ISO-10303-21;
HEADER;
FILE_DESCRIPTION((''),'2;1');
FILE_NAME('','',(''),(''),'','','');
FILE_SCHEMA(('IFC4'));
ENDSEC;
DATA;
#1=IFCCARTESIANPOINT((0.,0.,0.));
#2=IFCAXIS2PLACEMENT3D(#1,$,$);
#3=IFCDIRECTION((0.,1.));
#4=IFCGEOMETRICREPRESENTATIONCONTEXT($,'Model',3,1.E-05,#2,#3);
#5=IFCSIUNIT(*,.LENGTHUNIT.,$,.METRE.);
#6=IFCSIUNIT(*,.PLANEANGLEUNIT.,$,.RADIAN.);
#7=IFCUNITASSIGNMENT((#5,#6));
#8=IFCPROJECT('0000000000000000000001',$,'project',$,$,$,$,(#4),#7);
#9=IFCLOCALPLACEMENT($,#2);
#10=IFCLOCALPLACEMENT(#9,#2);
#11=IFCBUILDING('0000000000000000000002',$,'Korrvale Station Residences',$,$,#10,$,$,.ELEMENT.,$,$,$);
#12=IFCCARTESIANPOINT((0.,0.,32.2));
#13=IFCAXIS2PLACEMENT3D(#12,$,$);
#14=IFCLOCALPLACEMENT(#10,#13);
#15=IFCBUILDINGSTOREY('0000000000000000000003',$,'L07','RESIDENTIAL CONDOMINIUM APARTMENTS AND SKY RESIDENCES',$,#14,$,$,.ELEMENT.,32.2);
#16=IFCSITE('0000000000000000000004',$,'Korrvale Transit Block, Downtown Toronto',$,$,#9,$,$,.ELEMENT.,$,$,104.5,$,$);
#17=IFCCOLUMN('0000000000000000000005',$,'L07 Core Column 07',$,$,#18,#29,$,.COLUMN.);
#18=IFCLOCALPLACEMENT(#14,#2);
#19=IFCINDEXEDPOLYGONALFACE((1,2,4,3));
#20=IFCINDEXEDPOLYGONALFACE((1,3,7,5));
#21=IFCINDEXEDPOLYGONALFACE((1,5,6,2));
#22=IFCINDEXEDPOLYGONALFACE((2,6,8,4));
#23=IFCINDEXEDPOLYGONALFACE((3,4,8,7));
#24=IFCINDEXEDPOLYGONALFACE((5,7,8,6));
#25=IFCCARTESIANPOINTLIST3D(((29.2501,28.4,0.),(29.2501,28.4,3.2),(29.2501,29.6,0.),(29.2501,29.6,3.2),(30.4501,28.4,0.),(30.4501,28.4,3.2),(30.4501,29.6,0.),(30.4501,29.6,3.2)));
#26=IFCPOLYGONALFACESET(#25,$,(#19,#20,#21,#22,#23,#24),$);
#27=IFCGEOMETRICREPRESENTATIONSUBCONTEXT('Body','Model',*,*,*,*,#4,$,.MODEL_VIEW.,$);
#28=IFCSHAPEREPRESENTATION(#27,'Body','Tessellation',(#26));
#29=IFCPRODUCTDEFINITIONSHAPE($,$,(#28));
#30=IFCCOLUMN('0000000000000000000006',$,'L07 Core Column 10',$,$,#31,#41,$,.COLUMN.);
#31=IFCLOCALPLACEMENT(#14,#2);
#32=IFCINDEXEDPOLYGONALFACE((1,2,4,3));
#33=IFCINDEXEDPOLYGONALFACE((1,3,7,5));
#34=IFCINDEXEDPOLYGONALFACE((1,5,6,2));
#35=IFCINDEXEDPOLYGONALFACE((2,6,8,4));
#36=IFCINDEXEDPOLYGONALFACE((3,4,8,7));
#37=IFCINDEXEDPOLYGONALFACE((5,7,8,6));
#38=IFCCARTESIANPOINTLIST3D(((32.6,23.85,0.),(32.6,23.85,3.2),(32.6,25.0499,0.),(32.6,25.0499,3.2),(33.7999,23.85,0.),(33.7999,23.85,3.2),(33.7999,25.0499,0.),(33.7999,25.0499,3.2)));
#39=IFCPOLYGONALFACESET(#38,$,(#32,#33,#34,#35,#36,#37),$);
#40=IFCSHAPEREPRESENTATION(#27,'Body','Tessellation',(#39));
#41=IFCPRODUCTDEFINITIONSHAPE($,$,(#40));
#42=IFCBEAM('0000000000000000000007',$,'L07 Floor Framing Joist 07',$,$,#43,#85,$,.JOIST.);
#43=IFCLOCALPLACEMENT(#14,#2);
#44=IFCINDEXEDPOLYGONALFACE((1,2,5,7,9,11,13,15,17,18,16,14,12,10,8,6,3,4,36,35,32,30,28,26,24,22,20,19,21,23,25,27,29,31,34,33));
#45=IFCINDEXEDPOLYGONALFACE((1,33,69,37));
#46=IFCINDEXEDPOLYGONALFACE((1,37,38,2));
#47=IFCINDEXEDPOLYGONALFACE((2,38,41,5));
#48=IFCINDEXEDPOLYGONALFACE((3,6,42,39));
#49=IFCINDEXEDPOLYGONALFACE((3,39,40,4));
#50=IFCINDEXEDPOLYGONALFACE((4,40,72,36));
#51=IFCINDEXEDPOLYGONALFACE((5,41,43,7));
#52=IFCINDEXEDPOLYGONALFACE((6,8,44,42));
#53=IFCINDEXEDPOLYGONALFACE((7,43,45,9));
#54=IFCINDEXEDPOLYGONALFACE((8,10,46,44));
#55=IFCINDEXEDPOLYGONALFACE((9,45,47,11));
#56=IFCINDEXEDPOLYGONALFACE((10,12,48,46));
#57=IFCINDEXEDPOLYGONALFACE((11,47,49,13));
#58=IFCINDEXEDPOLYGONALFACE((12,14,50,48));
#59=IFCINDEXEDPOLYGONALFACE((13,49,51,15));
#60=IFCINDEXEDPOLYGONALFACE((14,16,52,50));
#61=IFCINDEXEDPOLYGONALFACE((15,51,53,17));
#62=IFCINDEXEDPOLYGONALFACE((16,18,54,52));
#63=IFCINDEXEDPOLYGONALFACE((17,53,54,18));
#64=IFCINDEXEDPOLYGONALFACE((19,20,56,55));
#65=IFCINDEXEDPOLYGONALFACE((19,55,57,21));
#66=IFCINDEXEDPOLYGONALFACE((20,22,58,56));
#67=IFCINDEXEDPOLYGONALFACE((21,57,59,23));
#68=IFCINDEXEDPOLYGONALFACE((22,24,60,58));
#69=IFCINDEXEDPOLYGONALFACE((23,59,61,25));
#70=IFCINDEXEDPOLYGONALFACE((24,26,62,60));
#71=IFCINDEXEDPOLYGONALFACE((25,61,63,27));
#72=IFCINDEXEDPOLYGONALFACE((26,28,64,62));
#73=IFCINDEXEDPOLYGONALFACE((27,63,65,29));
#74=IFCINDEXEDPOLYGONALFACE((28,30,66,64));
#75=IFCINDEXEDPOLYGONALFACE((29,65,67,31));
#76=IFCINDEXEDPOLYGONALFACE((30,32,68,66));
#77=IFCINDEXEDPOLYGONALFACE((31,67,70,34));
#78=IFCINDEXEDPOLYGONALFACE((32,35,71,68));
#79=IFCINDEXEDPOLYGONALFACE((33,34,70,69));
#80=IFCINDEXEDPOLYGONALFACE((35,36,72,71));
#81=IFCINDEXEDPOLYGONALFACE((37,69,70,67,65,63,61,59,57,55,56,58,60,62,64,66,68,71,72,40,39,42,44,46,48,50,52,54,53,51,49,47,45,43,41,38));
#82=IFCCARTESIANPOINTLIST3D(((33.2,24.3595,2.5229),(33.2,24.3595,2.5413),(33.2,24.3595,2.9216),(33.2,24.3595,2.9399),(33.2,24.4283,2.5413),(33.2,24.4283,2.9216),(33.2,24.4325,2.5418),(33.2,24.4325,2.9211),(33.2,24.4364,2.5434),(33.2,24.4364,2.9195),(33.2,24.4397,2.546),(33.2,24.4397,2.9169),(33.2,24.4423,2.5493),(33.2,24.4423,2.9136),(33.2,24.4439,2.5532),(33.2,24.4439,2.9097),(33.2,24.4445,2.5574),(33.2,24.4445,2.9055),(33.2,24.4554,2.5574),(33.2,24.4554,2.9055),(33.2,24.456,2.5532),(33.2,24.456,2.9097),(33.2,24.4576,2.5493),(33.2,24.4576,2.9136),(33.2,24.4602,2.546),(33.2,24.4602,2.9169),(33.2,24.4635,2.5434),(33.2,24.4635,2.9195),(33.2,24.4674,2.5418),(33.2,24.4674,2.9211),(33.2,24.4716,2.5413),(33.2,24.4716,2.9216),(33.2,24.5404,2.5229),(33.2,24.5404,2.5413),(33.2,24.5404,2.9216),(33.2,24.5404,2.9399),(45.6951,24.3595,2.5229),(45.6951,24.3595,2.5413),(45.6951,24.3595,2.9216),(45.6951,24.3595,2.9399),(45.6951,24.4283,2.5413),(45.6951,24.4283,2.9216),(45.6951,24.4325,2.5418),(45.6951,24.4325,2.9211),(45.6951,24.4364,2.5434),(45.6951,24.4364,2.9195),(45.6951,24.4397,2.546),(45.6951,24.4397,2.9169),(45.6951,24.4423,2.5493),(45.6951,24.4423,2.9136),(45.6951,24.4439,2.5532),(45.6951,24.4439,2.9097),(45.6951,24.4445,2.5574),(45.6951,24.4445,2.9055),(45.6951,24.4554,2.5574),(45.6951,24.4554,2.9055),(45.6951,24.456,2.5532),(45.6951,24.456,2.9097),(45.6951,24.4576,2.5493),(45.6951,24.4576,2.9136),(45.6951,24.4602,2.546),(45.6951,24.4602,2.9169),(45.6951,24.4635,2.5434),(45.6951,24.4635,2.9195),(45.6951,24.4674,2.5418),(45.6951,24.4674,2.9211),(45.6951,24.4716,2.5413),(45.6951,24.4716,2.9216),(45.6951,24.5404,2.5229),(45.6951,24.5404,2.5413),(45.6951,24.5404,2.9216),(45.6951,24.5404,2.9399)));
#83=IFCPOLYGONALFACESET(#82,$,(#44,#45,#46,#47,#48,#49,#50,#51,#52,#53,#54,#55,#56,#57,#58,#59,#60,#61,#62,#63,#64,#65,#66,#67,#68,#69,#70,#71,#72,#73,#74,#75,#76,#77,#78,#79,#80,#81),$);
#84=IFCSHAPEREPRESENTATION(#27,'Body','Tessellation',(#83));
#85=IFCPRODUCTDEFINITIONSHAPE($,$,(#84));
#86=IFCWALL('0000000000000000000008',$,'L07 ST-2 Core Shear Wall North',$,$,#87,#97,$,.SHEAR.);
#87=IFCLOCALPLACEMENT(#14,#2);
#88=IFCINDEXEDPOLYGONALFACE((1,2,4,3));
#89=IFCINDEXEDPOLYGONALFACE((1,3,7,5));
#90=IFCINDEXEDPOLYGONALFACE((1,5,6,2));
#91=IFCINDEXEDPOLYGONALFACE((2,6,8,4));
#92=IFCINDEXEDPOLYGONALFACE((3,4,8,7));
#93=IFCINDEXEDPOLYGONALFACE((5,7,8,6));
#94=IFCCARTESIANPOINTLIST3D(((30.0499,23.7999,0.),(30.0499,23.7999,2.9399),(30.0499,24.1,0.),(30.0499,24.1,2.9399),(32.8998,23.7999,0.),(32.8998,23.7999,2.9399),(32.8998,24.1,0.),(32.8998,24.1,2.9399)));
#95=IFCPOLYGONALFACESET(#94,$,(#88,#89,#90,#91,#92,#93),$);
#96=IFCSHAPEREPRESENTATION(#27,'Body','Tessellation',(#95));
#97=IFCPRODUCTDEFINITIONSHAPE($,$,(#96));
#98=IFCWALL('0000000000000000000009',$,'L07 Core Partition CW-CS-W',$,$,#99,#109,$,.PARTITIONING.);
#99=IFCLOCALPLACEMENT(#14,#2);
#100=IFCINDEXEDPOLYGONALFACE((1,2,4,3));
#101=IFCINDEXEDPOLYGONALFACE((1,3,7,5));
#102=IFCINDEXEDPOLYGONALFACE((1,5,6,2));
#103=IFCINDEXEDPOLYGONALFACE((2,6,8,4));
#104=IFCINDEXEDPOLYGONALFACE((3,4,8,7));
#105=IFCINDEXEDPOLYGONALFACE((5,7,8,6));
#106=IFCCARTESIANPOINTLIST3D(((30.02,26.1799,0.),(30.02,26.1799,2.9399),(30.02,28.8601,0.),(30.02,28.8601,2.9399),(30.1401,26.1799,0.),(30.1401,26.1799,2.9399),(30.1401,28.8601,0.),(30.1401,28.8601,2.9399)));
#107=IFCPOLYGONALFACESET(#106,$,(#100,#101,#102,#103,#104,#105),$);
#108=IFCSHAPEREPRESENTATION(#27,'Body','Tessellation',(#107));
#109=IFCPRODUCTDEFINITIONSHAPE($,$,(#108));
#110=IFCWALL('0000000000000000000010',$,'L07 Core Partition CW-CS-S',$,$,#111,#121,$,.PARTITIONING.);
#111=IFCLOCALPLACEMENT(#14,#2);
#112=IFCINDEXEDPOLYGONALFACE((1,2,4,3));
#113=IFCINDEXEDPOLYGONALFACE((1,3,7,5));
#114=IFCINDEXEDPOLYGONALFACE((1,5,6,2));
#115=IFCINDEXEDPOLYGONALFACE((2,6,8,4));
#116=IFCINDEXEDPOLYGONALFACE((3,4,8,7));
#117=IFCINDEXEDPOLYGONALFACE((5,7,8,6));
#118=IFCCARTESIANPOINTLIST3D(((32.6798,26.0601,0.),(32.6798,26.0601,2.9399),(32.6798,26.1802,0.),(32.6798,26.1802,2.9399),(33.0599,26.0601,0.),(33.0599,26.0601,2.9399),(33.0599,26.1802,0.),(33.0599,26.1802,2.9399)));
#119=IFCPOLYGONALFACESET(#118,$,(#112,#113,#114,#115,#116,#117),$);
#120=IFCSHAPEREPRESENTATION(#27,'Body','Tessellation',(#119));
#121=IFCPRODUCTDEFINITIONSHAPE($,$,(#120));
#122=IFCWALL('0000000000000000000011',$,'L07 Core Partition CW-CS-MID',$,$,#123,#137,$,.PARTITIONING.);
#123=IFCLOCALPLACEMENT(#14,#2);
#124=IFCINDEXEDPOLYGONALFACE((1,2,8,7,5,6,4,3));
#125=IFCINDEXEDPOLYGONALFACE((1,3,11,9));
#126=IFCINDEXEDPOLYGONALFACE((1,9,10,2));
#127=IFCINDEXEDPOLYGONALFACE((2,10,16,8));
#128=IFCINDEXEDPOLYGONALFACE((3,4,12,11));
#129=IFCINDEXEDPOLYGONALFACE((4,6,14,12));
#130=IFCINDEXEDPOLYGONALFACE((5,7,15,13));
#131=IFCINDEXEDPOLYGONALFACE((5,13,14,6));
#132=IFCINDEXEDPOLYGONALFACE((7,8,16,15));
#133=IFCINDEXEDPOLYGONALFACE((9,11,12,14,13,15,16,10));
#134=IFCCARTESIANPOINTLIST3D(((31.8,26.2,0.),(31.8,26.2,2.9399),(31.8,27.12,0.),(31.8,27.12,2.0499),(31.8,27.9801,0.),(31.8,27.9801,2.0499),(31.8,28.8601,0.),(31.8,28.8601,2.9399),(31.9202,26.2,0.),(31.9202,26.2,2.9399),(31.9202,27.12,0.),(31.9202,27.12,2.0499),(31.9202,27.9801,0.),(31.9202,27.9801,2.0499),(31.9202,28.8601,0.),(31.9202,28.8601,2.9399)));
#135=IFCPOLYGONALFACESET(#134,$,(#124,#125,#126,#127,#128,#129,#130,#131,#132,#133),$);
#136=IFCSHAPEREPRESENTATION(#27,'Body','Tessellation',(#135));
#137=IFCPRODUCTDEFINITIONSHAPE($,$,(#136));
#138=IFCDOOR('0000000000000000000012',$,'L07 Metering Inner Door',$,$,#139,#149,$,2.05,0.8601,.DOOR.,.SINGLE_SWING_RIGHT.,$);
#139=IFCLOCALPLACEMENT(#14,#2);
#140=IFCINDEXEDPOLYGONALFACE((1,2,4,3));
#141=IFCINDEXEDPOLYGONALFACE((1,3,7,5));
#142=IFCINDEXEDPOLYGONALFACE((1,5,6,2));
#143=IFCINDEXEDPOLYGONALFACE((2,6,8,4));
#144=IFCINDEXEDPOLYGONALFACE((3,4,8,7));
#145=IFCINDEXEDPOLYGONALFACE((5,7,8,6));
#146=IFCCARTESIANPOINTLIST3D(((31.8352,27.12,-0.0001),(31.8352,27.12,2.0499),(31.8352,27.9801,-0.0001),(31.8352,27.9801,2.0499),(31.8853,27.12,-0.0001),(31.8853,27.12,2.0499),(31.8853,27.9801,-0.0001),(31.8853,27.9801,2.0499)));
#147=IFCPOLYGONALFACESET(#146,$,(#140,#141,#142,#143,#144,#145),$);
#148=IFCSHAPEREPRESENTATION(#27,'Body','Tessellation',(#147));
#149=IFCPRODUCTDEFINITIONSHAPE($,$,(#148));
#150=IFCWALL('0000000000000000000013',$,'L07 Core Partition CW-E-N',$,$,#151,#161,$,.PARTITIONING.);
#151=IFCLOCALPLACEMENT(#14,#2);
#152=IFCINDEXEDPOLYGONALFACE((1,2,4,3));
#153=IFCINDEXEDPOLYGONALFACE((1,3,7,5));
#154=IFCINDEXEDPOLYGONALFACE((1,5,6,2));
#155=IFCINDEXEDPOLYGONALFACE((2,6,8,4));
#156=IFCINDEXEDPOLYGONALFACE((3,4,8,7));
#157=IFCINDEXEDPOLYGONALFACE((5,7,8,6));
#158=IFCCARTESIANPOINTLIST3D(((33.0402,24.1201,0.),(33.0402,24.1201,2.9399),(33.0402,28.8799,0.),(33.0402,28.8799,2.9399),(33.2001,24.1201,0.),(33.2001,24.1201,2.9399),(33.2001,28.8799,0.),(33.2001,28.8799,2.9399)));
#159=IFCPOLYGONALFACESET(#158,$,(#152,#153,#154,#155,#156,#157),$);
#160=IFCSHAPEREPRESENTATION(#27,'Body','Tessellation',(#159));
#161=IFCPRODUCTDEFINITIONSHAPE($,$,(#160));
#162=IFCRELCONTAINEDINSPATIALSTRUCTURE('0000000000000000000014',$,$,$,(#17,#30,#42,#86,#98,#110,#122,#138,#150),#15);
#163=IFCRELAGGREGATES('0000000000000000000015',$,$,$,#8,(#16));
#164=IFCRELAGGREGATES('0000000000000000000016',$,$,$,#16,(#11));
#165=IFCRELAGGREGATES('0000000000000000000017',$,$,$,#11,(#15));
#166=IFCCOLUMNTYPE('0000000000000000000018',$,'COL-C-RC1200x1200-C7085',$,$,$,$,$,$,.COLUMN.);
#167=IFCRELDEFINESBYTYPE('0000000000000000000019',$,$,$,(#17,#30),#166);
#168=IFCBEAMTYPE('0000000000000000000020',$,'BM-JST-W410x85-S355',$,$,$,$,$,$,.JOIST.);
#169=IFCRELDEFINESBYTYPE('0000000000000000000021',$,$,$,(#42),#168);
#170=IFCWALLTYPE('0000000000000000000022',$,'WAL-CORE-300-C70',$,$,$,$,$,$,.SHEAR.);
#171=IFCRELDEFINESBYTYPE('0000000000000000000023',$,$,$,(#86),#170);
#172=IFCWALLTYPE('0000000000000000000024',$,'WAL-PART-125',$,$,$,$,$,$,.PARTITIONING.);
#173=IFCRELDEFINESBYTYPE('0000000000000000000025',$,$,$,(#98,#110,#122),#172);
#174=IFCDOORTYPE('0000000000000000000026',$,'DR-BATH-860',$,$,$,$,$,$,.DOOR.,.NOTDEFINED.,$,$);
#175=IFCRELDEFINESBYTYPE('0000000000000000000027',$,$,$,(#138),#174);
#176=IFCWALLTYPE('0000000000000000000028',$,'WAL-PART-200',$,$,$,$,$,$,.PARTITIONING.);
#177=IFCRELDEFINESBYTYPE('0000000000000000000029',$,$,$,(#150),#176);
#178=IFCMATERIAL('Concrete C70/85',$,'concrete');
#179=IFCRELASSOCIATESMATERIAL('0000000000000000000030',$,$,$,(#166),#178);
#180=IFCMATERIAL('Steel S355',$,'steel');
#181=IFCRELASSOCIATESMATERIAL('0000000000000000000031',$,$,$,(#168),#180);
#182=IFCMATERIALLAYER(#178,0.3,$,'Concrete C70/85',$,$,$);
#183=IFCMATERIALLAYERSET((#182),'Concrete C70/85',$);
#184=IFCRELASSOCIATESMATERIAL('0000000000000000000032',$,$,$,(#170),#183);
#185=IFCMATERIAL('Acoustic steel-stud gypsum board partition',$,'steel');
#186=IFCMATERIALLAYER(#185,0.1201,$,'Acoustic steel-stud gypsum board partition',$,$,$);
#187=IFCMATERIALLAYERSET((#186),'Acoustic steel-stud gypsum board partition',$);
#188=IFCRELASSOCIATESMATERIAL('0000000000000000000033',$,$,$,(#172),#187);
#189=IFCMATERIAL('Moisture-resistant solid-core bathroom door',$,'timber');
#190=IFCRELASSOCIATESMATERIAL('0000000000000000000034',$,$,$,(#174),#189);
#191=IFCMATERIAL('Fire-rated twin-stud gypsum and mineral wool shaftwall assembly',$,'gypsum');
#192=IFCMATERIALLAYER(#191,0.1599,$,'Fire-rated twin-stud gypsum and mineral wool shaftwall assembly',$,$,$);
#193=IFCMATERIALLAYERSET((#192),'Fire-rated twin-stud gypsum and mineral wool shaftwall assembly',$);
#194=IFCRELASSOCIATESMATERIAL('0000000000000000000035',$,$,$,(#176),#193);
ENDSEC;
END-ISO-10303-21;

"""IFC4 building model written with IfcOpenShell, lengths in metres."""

from ifc_helpers import new_model, si_unit, direction, frame, frame_2d, origin, origin_2d, place, context, subcontext, project, spatial, rectangle, i_section, extrude, material, layer, layer_set, material_profile, profile_set, type_object, element, fill, save


model = new_model("IFC4")

# Units and contexts
model_context = context("Model", 3, precision=1e-05, world=origin(), true_north=direction((0.0, 1.0)))
body_context = subcontext(model_context, "Body", "Model", "MODEL_VIEW")
ifc_project = project(units=[si_unit("LENGTHUNIT", "METRE"), si_unit("PLANEANGLEUNIT", "RADIAN")], contexts=[model_context])

# Site, building, storey
site_placement = place(None, origin())
site = spatial("IfcSite", under=ifc_project, at=site_placement, Name="Korrvale Transit Block, Downtown Toronto", CompositionType="ELEMENT", RefElevation=104.5)
building_placement = place(site_placement, origin())
building = spatial("IfcBuilding", under=site, at=building_placement, Name="Korrvale Station Residences", CompositionType="ELEMENT")
storey_placement = place(building_placement, frame((0.0, 0.0, 32.2)))
storey = spatial("IfcBuildingStorey", under=building, at=storey_placement, Name="L07", Description="RESIDENTIAL CONDOMINIUM APARTMENTS AND SKY RESIDENCES", CompositionType="ELEMENT", Elevation=32.2)

# Columns
ifc_material_1 = material(Name="Concrete C70/85", Category="concrete")
ifc_material_profile_1 = material_profile(ifc_material_1, rectangle(XDim=1.2, YDim=1.2, at=origin_2d()), Name="RC1200x1200")
ifc_profile_set_1 = profile_set([ifc_material_profile_1], Name="Concrete C70/85")
column_type = type_object("IfcColumnType", Name="COL-C-RC1200x1200-C7085", PredefinedType="COLUMN", material=ifc_profile_set_1)
for number, where, z_axis, x_axis, name in (
    (1, (29.8501, 29.0, 0.0), (0.0, 0.0, 1.0), (1.0, 0.0, 0.0), "L07 Core Column 07"),
    (2, (33.2, 24.45, 0.0), (0.0, 0.0, 1.0), (1.0, 0.0, 0.0), "L07 Core Column 10"),
):
    element("IfcColumn", number, at=place(storey_placement, frame(where, z_axis=z_axis, x_axis=x_axis)), inside=storey, type_object=column_type, Name=name, PredefinedType="COLUMN", context=body_context, shape_type="SweptSolid", body=[
        extrude(rectangle(XDim=1.2, YDim=1.2, at=origin_2d()), origin(), (0.0, 0.0, 1.0), 3.2),
    ])

# Beam
ifc_material_2 = material(Name="Steel S355", Category="steel")
ifc_material_profile_2 = material_profile(ifc_material_2, i_section(OverallWidth=0.1809, OverallDepth=0.417, WebThickness=0.011, FlangeThickness=0.0183, FilletRadius=0.0161, at=origin_2d()), Name="W410x85")
ifc_profile_set_2 = profile_set([ifc_material_profile_2], Name="Steel S355")
beam_type = type_object("IfcBeamType", Name="BM-JST-W410x85-S355", PredefinedType="JOIST", material=ifc_profile_set_2)
beam_placement = place(storey_placement, frame((33.2, 24.45, 2.7314), z_axis=(1.0, 0.0, 0.0), x_axis=(0.0, 1.0, 0.0)))
element("IfcBeam", 3, at=beam_placement, inside=storey, type_object=beam_type, Name="L07 Floor Framing Joist 07", PredefinedType="JOIST", context=body_context, shape_type="SweptSolid", body=[
    extrude(i_section(OverallWidth=0.1809, OverallDepth=0.417, WebThickness=0.011, FlangeThickness=0.0183, FilletRadius=0.0161, at=origin_2d()), origin(), (0.0, 0.0, 1.0), 12.4951),
])

# Walls
ifc_layer_1 = layer(ifc_material_1, 0.3, Name="Concrete C70/85")
ifc_layer_set_1 = layer_set([ifc_layer_1], Name="Concrete C70/85")
wall_type_1 = type_object("IfcWallType", Name="WAL-CORE-300-C70", PredefinedType="SHEAR", material=ifc_layer_set_1)
wall_1_placement = place(storey_placement, frame((30.05, 23.95, 0.0), z_axis=(0.0, 0.0, 1.0), x_axis=(1.0, 0.0, 0.0)))
element("IfcWall", 4, at=wall_1_placement, inside=storey, type_object=wall_type_1, Name="L07 ST-2 Core Shear Wall North", PredefinedType="SHEAR", context=body_context, shape_type="SweptSolid", body=[
    extrude(rectangle(XDim=2.8499, YDim=0.3, at=frame_2d((1.4248, 0.0))), origin(), (0.0, 0.0, 1.0), 2.9399),
])
ifc_material_3 = material(Name="Acoustic steel-stud gypsum board partition", Category="steel")
ifc_layer_2 = layer(ifc_material_3, 0.1201, Name="Acoustic steel-stud gypsum board partition")
ifc_layer_set_2 = layer_set([ifc_layer_2], Name="Acoustic steel-stud gypsum board partition")
wall_type_2 = type_object("IfcWallType", Name="WAL-PART-125", PredefinedType="PARTITIONING", material=ifc_layer_set_2)
wall_2_placement = place(storey_placement, frame((30.0801, 26.1799, 0.0), z_axis=(0.0, 0.0, 1.0), x_axis=(0.0, 1.0, 0.0)))
element("IfcWall", 5, at=wall_2_placement, inside=storey, type_object=wall_type_2, Name="L07 Core Partition CW-CS-W", PredefinedType="PARTITIONING", context=body_context, shape_type="SweptSolid", body=[
    extrude(rectangle(XDim=2.6802, YDim=0.1201, at=frame_2d((1.3401, 0.0))), origin(), (0.0, 0.0, 1.0), 2.9399),
])
wall_3_placement = place(storey_placement, frame((32.6799, 26.1201, 0.0), z_axis=(0.0, 0.0, 1.0), x_axis=(1.0, 0.0, 0.0)))
element("IfcWall", 6, at=wall_3_placement, inside=storey, type_object=wall_type_2, Name="L07 Core Partition CW-CS-S", PredefinedType="PARTITIONING", context=body_context, shape_type="SweptSolid", body=[
    extrude(rectangle(XDim=0.3801, YDim=0.1201, at=frame_2d((0.1899, 0.0))), origin(), (0.0, 0.0, 1.0), 2.9399),
])

# Wall, opening, door
wall_4_placement = place(storey_placement, frame((31.8601, 26.2, 0.0), z_axis=(0.0, 0.0, 1.0), x_axis=(0.0, 1.0, 0.0)))
wall_4 = element("IfcWall", 7, at=wall_4_placement, inside=storey, type_object=wall_type_2, Name="L07 Core Partition CW-CS-MID", PredefinedType="PARTITIONING", context=body_context, shape_type="SweptSolid", body=[
    extrude(rectangle(XDim=2.6602, YDim=0.1201, at=frame_2d((1.3301, 0.0))), origin(), (0.0, 0.0, 1.0), 2.9399),
])
opening_1_placement = place(wall_4_placement, frame((0.9199, 0.0, 0.0)))
opening_1 = element("IfcOpeningElement", 8, at=opening_1_placement, cuts=wall_4, PredefinedType="OPENING", context=body_context, shape_type="SweptSolid", body=[
    extrude(rectangle(XDim=0.8601, YDim=2.05, at=frame_2d((0.4302, 1.0249))), frame((0.0, 0.0701, 0.0), z_axis=(0.0, -1.0, 0.0), x_axis=(1.0, 0.0, 0.0)), (0.0, 0.0, 1.0), 0.1401),
])
ifc_material_4 = material(Name="Moisture-resistant solid-core bathroom door", Category="timber")
door_type_1 = type_object("IfcDoorType", Name="DR-BATH-860", OperationType="NOTDEFINED", PredefinedType="DOOR", material=ifc_material_4)
door_1_placement = place(opening_1_placement, origin())
door_1 = element("IfcDoor", 9, at=door_1_placement, inside=storey, type_object=door_type_1, Name="L07 Metering Inner Door", OperationType="SINGLE_SWING_RIGHT", OverallHeight=2.05, OverallWidth=0.8601, PredefinedType="DOOR", context=body_context, shape_type="SweptSolid", body=[
    extrude(rectangle(XDim=0.8601, YDim=2.05, at=frame_2d((0.4302, 1.0249))), frame((0.0, 0.0249, 0.0), z_axis=(0.0, -1.0, 0.0), x_axis=(1.0, 0.0, 0.0)), (0.0, 0.0, 1.0), 0.05),
])
fill(opening_1, door_1)

# Wall
ifc_material_5 = material(Name="Fire-rated twin-stud gypsum and mineral wool shaftwall assembly", Category="gypsum")
ifc_layer_3 = layer(ifc_material_5, 0.1599, Name="Fire-rated twin-stud gypsum and mineral wool shaftwall assembly")
ifc_layer_set_3 = layer_set([ifc_layer_3], Name="Fire-rated twin-stud gypsum and mineral wool shaftwall assembly")
wall_type_3 = type_object("IfcWallType", Name="WAL-PART-200", PredefinedType="PARTITIONING", material=ifc_layer_set_3)
wall_5_placement = place(storey_placement, frame((33.1201, 24.1201, 0.0), z_axis=(0.0, 0.0, 1.0), x_axis=(0.0, 1.0, 0.0)))
element("IfcWall", 10, at=wall_5_placement, inside=storey, type_object=wall_type_3, Name="L07 Core Partition CW-E-N", PredefinedType="PARTITIONING", context=body_context, shape_type="SweptSolid", body=[
    extrude(rectangle(XDim=4.7598, YDim=0.1599, at=frame_2d((2.3799, 0.0))), origin(), (0.0, 0.0, 1.0), 2.9399),
])

save(model, "model.ifc")
